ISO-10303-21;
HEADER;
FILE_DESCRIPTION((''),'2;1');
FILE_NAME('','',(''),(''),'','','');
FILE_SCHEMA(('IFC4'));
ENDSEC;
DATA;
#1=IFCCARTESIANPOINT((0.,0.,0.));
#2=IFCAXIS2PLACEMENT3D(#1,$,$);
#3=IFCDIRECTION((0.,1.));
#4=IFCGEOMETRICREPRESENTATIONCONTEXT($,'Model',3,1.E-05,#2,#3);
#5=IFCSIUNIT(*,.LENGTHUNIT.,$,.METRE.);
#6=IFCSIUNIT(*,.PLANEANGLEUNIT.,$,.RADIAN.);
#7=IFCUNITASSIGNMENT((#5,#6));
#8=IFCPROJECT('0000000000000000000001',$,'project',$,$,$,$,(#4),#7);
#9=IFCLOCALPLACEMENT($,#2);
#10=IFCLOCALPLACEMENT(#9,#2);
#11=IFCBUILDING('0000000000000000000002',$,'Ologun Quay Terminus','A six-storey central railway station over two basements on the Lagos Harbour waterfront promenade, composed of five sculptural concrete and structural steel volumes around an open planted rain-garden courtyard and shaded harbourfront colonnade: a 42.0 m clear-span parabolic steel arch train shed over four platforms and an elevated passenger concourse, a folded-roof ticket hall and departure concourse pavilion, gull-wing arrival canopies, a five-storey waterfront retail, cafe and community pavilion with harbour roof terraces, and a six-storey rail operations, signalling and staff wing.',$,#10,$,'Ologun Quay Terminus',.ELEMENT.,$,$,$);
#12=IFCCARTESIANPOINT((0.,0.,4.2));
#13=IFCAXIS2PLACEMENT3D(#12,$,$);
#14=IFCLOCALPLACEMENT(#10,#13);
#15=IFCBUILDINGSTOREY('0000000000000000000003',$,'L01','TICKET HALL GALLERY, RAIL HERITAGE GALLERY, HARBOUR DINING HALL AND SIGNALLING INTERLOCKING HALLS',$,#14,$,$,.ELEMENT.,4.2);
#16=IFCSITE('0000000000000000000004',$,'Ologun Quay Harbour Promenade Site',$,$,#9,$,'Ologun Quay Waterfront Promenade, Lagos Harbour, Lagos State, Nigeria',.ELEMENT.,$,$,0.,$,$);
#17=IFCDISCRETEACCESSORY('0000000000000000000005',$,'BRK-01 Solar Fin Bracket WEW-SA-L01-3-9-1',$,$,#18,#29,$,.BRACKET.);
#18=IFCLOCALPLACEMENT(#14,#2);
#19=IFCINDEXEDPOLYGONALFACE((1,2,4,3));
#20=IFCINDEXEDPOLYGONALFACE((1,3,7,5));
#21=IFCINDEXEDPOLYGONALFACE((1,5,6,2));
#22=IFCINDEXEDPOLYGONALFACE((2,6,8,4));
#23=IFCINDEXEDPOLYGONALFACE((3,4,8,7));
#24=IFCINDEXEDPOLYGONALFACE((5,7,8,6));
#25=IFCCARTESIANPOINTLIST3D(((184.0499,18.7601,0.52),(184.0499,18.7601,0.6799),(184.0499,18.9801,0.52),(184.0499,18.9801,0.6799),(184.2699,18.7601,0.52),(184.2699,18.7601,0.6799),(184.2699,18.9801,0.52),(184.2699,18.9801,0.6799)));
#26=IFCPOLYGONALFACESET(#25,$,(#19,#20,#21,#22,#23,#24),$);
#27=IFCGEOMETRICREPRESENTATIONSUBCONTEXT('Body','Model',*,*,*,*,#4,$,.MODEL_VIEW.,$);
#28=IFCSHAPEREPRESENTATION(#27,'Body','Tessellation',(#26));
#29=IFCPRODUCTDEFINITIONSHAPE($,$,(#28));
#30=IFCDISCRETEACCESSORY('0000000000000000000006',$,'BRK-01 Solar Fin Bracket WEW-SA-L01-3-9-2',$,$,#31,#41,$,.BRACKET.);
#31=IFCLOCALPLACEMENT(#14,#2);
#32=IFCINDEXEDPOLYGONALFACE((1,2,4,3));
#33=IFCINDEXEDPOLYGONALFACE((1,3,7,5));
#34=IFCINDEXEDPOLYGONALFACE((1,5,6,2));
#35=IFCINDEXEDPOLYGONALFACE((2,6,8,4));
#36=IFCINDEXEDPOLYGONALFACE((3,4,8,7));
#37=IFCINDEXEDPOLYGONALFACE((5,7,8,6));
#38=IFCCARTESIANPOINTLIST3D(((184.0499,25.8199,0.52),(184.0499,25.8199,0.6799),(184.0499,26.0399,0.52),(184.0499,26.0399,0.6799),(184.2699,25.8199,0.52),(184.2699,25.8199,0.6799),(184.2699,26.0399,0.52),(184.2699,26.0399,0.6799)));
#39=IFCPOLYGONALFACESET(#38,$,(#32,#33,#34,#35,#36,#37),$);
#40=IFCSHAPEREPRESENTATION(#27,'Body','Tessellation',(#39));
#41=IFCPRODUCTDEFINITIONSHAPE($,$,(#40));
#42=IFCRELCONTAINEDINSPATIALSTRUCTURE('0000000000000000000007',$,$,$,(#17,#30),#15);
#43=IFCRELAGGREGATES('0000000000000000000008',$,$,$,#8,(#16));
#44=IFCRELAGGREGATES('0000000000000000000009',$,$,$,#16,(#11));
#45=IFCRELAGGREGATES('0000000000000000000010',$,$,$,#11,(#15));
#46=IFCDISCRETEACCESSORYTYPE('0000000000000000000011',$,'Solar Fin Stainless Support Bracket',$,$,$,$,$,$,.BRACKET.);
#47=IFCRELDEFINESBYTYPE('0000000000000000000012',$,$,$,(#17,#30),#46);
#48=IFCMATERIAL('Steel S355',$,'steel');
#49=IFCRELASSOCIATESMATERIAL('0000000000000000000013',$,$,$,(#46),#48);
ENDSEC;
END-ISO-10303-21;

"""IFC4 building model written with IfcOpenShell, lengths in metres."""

from ifc_helpers import new_model, si_unit, direction, frame, origin, origin_2d, place, context, subcontext, project, spatial, rectangle, extrude, material, type_object, element, save


model = new_model("IFC4")

# Units and contexts
model_context = context("Model", 3, precision=1e-05, world=origin(), true_north=direction((0.0, 1.0)))
body_context = subcontext(model_context, "Body", "Model", "MODEL_VIEW")
ifc_project = project(units=[si_unit("LENGTHUNIT", "METRE"), si_unit("PLANEANGLEUNIT", "RADIAN")], contexts=[model_context])

# Site, building, storey
site_placement = place(None, origin())
site = spatial("IfcSite", under=ifc_project, at=site_placement, Name="Ologun Quay Harbour Promenade Site", LongName="Ologun Quay Waterfront Promenade, Lagos Harbour, Lagos State, Nigeria", CompositionType="ELEMENT", RefElevation=0.0)
building_placement = place(site_placement, origin())
building = spatial("IfcBuilding", under=site, at=building_placement, Name="Ologun Quay Terminus", Description="A six-storey central railway station over two basements on the Lagos Harbour waterfront promenade, composed of five sculptural concrete and structural steel volumes around an open planted rain-garden courtyard and shaded harbourfront colonnade: a 42.0 m clear-span parabolic steel arch train shed over four platforms and an elevated passenger concourse, a folded-roof ticket hall and departure concourse pavilion, gull-wing arrival canopies, a five-storey waterfront retail, cafe and community pavilion with harbour roof terraces, and a six-storey rail operations, signalling and staff wing.", LongName="Ologun Quay Terminus", CompositionType="ELEMENT")
storey_placement = place(building_placement, frame((0.0, 0.0, 4.2)))
storey = spatial("IfcBuildingStorey", under=building, at=storey_placement, Name="L01", Description="TICKET HALL GALLERY, RAIL HERITAGE GALLERY, HARBOUR DINING HALL AND SIGNALLING INTERLOCKING HALLS", CompositionType="ELEMENT", Elevation=4.2)

# Discrete accessories
ifc_material_1 = material(Name="Steel S355", Category="steel")
discrete_accessory_type_1 = type_object("IfcDiscreteAccessoryType", Name="Solar Fin Stainless Support Bracket", PredefinedType="BRACKET", material=ifc_material_1)
for number, where, z_axis, x_axis, name in (
    (1, (184.1599, 18.8701, 0.52), (0.0, 0.0, 1.0), (1.0, 0.0, 0.0), "BRK-01 Solar Fin Bracket WEW-SA-L01-3-9-1"),
    (2, (184.1599, 25.9299, 0.52), (0.0, 0.0, 1.0), (1.0, 0.0, 0.0), "BRK-01 Solar Fin Bracket WEW-SA-L01-3-9-2"),
):
    element("IfcDiscreteAccessory", number, at=place(storey_placement, frame(where, z_axis=z_axis, x_axis=x_axis)), inside=storey, type_object=discrete_accessory_type_1, Name=name, PredefinedType="BRACKET", context=body_context, shape_type="SweptSolid", body=[
        extrude(rectangle(XDim=0.22, YDim=0.22, at=origin_2d()), origin(), (0.0, 0.0, 1.0), 0.1599),
    ])

save(model, "model.ifc")
